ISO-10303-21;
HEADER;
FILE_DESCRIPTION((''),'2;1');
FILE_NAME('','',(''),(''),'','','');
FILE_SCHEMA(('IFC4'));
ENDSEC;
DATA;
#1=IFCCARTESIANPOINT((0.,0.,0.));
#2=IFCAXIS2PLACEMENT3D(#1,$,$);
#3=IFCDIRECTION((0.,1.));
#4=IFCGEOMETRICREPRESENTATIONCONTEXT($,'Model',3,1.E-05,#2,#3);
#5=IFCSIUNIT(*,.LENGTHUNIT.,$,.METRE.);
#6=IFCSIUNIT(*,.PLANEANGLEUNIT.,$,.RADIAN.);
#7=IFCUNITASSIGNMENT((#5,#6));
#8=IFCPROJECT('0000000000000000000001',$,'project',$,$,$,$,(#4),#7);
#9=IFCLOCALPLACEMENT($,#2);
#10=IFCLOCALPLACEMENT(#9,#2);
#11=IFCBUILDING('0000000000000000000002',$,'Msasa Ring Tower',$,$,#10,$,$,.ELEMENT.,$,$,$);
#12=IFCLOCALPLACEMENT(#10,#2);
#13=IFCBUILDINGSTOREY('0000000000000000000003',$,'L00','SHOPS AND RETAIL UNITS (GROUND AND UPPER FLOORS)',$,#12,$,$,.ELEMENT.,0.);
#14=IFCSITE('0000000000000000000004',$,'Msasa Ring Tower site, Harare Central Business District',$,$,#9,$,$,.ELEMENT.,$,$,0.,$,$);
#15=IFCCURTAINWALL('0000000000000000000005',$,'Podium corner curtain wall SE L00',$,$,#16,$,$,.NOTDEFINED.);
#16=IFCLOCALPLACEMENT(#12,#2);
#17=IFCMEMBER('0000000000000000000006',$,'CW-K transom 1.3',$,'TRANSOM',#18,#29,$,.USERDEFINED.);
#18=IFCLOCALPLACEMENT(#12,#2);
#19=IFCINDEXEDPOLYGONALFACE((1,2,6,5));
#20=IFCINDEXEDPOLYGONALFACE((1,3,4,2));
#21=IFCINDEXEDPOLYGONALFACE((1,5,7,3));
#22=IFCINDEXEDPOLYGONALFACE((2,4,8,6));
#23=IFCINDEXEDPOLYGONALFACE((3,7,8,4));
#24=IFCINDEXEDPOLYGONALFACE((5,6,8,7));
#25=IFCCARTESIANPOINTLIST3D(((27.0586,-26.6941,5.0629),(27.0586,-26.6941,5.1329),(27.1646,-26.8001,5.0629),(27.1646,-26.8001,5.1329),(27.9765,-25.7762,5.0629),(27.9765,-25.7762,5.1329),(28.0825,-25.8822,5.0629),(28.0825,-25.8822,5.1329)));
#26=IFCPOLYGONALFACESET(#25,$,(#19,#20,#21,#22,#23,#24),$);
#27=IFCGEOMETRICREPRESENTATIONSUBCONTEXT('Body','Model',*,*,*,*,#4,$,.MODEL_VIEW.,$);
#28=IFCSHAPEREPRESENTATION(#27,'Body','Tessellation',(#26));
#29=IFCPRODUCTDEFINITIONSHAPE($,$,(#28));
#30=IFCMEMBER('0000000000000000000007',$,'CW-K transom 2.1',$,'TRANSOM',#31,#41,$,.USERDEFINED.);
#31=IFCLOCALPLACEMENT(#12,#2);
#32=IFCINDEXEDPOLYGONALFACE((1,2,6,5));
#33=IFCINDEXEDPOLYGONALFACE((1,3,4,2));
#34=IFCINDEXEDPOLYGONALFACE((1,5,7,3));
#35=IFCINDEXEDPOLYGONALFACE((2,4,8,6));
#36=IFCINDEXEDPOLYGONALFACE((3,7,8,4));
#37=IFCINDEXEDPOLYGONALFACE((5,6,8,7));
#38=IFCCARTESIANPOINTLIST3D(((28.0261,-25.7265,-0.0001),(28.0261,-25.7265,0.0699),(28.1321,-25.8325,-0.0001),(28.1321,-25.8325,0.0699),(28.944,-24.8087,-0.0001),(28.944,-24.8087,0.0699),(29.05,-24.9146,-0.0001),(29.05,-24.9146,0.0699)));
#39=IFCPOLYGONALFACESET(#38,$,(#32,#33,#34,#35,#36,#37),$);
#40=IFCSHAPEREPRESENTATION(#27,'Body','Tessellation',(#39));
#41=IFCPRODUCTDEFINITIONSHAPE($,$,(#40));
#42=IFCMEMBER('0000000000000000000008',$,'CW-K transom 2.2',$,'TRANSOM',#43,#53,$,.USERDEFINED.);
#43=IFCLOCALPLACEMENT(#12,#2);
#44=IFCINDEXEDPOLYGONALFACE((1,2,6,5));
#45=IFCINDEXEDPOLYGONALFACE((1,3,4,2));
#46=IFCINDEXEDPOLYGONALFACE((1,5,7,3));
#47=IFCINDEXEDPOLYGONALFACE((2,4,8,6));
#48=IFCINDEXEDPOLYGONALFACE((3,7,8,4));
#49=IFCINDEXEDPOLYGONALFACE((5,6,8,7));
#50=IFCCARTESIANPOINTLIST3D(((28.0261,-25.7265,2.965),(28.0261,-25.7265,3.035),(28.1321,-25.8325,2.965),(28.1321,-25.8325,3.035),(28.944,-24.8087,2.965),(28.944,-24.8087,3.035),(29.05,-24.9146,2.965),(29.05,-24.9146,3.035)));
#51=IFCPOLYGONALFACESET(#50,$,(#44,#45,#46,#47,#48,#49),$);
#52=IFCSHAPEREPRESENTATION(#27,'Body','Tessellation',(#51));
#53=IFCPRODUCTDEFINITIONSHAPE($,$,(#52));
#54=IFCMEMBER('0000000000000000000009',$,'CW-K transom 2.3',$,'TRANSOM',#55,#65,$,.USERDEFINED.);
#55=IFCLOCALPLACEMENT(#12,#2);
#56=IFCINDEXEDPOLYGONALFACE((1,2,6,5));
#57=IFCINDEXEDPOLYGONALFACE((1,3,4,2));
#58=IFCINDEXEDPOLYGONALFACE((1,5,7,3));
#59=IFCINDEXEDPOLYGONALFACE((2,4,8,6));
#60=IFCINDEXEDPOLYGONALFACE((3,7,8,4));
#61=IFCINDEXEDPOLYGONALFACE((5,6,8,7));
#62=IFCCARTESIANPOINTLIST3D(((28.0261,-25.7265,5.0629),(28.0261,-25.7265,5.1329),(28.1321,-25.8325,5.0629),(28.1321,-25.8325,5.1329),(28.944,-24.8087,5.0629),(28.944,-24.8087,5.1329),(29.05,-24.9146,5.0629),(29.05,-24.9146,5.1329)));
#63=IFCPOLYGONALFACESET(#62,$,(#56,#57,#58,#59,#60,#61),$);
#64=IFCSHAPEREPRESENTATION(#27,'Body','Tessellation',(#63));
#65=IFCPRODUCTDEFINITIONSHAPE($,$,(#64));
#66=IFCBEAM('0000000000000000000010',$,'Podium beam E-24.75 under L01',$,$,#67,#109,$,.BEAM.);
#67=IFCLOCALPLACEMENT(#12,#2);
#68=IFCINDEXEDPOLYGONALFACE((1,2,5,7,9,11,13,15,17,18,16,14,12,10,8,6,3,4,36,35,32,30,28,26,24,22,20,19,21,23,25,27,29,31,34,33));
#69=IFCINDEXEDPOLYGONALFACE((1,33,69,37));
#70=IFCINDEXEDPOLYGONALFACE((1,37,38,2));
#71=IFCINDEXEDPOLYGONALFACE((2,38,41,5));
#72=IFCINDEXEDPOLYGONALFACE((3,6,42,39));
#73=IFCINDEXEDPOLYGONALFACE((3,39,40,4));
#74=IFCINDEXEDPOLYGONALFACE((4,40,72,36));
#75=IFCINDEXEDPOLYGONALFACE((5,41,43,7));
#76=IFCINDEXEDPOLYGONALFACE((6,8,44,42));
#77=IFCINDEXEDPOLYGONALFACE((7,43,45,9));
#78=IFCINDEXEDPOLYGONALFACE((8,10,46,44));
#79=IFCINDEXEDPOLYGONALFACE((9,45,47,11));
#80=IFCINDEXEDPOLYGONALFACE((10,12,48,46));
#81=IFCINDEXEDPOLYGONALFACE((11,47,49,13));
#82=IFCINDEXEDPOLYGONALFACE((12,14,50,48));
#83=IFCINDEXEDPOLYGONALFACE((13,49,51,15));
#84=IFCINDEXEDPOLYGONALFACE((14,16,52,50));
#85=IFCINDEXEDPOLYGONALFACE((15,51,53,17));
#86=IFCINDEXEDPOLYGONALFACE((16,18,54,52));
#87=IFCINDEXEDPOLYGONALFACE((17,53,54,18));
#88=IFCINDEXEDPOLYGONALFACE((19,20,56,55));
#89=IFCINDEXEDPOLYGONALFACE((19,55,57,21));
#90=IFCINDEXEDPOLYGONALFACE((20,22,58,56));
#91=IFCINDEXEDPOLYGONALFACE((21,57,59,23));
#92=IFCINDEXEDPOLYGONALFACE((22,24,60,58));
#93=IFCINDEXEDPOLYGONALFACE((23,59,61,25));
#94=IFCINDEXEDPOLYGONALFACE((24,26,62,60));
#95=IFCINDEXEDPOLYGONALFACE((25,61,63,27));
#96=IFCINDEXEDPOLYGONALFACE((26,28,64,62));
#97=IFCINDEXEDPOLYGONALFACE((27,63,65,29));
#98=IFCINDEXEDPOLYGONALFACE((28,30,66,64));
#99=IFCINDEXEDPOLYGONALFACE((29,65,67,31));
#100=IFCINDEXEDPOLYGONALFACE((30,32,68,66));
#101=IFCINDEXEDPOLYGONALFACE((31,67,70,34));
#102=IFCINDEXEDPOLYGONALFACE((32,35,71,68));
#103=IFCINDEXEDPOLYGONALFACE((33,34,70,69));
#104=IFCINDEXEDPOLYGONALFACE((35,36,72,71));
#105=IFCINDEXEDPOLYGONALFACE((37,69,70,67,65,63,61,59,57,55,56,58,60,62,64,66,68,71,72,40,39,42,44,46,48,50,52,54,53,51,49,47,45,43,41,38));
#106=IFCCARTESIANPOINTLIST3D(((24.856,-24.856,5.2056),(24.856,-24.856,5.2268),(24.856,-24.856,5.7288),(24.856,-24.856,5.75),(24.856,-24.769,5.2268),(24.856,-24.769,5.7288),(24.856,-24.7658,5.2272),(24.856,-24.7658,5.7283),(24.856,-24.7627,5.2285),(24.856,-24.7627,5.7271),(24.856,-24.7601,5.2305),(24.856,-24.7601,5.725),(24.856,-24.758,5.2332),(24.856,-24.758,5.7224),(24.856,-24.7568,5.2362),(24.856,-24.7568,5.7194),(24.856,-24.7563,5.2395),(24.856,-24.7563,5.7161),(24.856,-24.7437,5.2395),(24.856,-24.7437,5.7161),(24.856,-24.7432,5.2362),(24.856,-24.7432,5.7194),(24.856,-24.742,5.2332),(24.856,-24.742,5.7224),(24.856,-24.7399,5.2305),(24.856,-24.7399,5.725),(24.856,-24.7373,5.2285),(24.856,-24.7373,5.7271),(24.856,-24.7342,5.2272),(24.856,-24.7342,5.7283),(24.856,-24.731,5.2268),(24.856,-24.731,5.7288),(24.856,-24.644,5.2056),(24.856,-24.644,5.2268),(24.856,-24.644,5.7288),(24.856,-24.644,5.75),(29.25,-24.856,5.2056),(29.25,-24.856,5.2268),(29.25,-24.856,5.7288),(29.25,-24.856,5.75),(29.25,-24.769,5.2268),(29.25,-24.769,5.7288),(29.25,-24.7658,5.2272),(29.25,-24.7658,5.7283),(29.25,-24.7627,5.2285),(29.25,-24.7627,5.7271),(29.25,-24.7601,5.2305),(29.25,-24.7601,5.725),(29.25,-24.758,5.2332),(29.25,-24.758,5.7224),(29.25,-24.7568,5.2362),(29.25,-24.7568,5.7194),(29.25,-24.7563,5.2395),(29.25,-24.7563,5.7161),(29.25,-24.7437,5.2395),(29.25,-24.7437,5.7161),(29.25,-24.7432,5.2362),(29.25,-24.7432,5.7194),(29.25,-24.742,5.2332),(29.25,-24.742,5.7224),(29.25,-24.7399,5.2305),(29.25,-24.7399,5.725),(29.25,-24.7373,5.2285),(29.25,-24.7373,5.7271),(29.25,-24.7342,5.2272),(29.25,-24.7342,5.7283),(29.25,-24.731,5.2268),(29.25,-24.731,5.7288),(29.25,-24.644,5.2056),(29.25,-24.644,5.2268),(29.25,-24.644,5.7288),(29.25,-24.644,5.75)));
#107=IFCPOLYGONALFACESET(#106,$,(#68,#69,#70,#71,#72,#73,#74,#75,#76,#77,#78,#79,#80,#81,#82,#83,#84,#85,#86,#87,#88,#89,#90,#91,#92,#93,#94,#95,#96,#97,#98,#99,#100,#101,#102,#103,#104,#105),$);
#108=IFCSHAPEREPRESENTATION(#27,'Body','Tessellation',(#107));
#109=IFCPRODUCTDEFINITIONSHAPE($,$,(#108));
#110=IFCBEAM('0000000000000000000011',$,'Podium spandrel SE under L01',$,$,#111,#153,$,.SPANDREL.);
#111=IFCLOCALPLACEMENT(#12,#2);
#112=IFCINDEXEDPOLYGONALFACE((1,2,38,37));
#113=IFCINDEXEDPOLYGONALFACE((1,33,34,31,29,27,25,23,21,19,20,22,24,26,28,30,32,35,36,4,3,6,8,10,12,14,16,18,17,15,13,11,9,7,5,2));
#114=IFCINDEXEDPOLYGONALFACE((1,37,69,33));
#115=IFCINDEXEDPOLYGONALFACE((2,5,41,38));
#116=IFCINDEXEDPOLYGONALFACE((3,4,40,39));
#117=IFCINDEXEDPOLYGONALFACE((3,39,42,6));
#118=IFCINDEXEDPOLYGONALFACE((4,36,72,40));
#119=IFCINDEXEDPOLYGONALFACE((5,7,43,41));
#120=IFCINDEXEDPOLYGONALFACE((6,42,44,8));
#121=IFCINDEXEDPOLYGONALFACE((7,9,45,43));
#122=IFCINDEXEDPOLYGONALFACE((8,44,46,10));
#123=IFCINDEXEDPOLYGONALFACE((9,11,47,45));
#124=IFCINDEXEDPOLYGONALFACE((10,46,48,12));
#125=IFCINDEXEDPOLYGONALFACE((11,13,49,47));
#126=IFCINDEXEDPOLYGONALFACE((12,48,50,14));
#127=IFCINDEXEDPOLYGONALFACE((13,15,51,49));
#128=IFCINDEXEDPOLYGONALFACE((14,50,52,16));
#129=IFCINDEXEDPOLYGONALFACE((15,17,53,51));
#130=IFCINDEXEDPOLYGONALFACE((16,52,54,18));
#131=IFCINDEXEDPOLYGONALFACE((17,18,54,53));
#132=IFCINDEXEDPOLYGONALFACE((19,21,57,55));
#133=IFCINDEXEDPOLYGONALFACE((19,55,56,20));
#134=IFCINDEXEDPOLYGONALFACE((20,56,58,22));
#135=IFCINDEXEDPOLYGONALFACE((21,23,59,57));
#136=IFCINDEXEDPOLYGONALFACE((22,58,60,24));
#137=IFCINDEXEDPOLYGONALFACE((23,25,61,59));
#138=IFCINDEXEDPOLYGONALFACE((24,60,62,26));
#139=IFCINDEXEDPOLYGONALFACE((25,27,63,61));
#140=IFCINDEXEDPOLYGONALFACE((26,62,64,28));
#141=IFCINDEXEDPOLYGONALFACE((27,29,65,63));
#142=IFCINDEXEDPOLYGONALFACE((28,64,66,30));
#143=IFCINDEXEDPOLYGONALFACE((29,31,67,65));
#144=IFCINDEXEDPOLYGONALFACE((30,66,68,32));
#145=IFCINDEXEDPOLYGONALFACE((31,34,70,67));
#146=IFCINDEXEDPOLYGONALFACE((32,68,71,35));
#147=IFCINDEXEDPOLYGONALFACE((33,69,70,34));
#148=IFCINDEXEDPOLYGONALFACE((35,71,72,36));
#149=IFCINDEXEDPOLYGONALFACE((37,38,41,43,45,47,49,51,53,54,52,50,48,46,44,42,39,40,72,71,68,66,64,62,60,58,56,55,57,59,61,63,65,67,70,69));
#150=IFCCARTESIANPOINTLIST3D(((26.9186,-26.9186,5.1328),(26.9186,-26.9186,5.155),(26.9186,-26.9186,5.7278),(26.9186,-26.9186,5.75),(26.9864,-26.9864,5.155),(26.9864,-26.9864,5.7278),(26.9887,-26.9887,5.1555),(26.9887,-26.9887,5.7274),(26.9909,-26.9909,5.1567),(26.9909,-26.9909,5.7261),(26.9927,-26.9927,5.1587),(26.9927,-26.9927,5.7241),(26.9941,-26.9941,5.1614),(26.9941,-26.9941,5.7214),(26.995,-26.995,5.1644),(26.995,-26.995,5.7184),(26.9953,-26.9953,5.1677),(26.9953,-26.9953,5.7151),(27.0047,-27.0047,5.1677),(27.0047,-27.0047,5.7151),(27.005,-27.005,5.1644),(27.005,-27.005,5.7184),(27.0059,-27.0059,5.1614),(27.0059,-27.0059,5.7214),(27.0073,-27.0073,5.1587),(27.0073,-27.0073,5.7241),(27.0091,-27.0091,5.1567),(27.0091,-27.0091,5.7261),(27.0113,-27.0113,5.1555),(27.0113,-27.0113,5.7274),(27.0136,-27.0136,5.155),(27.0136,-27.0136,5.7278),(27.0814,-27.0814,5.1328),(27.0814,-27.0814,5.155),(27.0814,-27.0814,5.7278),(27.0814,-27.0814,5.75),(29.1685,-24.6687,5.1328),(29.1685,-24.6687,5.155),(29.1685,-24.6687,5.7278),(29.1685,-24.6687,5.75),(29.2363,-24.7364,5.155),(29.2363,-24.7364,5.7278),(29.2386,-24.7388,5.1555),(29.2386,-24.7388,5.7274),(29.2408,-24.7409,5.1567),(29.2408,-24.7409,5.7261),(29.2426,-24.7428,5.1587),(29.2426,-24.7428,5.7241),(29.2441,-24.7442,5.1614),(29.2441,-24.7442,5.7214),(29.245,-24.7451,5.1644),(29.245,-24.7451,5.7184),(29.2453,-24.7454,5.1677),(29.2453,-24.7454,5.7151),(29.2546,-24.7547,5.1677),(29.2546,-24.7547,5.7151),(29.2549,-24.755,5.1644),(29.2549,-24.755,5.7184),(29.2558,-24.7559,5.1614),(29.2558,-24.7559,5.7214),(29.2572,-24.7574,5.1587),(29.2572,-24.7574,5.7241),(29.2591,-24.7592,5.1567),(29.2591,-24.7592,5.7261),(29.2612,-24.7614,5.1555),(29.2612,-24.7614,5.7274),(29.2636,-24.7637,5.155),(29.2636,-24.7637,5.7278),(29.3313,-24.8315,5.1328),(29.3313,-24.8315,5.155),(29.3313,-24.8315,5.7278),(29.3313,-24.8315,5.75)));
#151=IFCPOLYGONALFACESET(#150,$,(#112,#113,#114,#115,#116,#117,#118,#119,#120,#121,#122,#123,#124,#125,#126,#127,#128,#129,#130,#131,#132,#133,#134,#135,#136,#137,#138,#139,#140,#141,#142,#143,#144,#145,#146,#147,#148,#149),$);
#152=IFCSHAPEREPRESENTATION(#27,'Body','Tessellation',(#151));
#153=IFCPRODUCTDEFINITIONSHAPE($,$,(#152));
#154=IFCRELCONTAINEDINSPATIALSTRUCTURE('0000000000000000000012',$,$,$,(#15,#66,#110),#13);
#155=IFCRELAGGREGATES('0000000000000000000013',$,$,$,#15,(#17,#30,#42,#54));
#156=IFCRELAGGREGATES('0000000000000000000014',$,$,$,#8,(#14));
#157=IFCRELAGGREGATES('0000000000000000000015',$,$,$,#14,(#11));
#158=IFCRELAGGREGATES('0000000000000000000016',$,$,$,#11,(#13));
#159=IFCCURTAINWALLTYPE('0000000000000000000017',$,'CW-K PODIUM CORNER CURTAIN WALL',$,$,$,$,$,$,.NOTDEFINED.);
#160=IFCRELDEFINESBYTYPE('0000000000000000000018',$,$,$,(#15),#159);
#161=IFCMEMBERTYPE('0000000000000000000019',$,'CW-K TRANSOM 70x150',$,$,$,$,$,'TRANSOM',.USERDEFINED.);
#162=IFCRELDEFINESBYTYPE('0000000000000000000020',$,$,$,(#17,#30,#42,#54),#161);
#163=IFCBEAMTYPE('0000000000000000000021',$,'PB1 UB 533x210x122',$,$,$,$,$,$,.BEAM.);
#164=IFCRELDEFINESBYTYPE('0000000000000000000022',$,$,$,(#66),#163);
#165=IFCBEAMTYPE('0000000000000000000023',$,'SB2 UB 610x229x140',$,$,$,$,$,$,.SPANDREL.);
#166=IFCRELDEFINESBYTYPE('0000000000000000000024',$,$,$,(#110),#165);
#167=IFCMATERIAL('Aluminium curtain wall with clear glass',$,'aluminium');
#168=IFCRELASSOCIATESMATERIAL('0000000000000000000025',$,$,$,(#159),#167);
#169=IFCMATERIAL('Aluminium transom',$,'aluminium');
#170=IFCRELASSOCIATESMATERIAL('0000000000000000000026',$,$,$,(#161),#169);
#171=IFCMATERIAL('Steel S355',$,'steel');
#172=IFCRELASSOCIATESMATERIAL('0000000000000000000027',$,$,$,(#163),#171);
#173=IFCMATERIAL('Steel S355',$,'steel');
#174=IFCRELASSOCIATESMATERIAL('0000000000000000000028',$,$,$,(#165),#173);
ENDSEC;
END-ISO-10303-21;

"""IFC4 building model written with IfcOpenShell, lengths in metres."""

from ifc_helpers import new_model, si_unit, direction, frame, origin, origin_2d, place, context, subcontext, project, spatial, rectangle, i_section, extrude, material, material_profile, profile_set, type_object, element, aggregate, save


model = new_model("IFC4")

# Units and contexts
model_context = context("Model", 3, precision=1e-05, world=origin(), true_north=direction((0.0, 1.0)))
body_context = subcontext(model_context, "Body", "Model", "MODEL_VIEW")
ifc_project = project(units=[si_unit("LENGTHUNIT", "METRE"), si_unit("PLANEANGLEUNIT", "RADIAN")], contexts=[model_context])

# Site, building, storey
site_placement = place(None, origin())
site = spatial("IfcSite", under=ifc_project, at=site_placement, Name="Msasa Ring Tower site, Harare Central Business District", CompositionType="ELEMENT", RefElevation=0.0)
building_placement = place(site_placement, origin())
building = spatial("IfcBuilding", under=site, at=building_placement, Name="Msasa Ring Tower", CompositionType="ELEMENT")
storey_placement = place(building_placement, origin())
storey = spatial("IfcBuildingStorey", under=building, at=storey_placement, Name="L00", Description="SHOPS AND RETAIL UNITS (GROUND AND UPPER FLOORS)", CompositionType="ELEMENT", Elevation=0.0)

# Curtain wall
ifc_material_1 = material(Name="Aluminium curtain wall with clear glass", Category="aluminium")
curtain_wall_type = type_object("IfcCurtainWallType", Name="CW-K PODIUM CORNER CURTAIN WALL", PredefinedType="NOTDEFINED", material=ifc_material_1)
curtain_wall_1_placement = place(storey_placement, origin())
curtain_wall_1 = element("IfcCurtainWall", 1, at=curtain_wall_1_placement, inside=storey, type_object=curtain_wall_type, Name="Podium corner curtain wall SE L00", PredefinedType="NOTDEFINED")

# Members
ifc_material_2 = material(Name="Aluminium transom", Category="aluminium")
ifc_material_profile_1 = material_profile(ifc_material_2, rectangle(XDim=0.1499, YDim=0.0701, at=origin_2d()), Name="AL 70x150")
ifc_profile_set_1 = profile_set([ifc_material_profile_1], Name="Aluminium transom")
member_type_1 = type_object("IfcMemberType", Name="CW-K TRANSOM 70x150", ElementType="TRANSOM", PredefinedType="USERDEFINED", material=ifc_profile_set_1)
member_1_placement = place(storey_placement, frame((27.1116, -26.7471, 5.0979), z_axis=(0.707107, 0.707107, 0.0), x_axis=(-0.707107, 0.707107, 0.0)))
member_1 = element("IfcMember", 2, at=member_1_placement, type_object=member_type_1, Name="CW-K transom 1.3", ObjectType="TRANSOM", PredefinedType="USERDEFINED", context=body_context, shape_type="SweptSolid", body=[
    extrude(rectangle(XDim=0.1499, YDim=0.0701, at=origin_2d()), origin(), (0.0, 0.0, 1.0), 1.2981),
])
member_2_placement = place(storey_placement, frame((28.0791, -25.7795, 0.0349), z_axis=(0.707107, 0.707107, 0.0), x_axis=(-0.707107, 0.707107, 0.0)))
member_2 = element("IfcMember", 3, at=member_2_placement, type_object=member_type_1, Name="CW-K transom 2.1", ObjectType="TRANSOM", PredefinedType="USERDEFINED", context=body_context, shape_type="SweptSolid", body=[
    extrude(rectangle(XDim=0.1499, YDim=0.0701, at=origin_2d()), origin(), (0.0, 0.0, 1.0), 1.2981),
])
member_3_placement = place(storey_placement, frame((28.0791, -25.7795, 3.0), z_axis=(0.707107, 0.707107, 0.0), x_axis=(-0.707107, 0.707107, 0.0)))
member_3 = element("IfcMember", 4, at=member_3_placement, type_object=member_type_1, Name="CW-K transom 2.2", ObjectType="TRANSOM", PredefinedType="USERDEFINED", context=body_context, shape_type="SweptSolid", body=[
    extrude(rectangle(XDim=0.1499, YDim=0.0701, at=origin_2d()), origin(), (0.0, 0.0, 1.0), 1.2981),
])
member_4_placement = place(storey_placement, frame((28.0791, -25.7795, 5.0979), z_axis=(0.707107, 0.707107, 0.0), x_axis=(-0.707107, 0.707107, 0.0)))
member_4 = element("IfcMember", 5, at=member_4_placement, type_object=member_type_1, Name="CW-K transom 2.3", ObjectType="TRANSOM", PredefinedType="USERDEFINED", context=body_context, shape_type="SweptSolid", body=[
    extrude(rectangle(XDim=0.1499, YDim=0.0701, at=origin_2d()), origin(), (0.0, 0.0, 1.0), 1.2981),
])

# Beams
ifc_material_3 = material(Name="Steel S355", Category="steel")
ifc_material_profile_2 = material_profile(ifc_material_3, i_section(OverallWidth=0.2119, OverallDepth=0.5444, WebThickness=0.0127, FlangeThickness=0.0212, FilletRadius=0.0127, at=origin_2d()), Name="UB 533x210x122")
ifc_profile_set_2 = profile_set([ifc_material_profile_2], Name="Steel S355")
beam_type_1 = type_object("IfcBeamType", Name="PB1 UB 533x210x122", PredefinedType="BEAM", material=ifc_profile_set_2)
beam_1_placement = place(storey_placement, frame((29.25, -24.75, 5.4778), z_axis=(-1.0, 0.0, 0.0), x_axis=(0.0, -1.0, 0.0)))
element("IfcBeam", 6, at=beam_1_placement, inside=storey, type_object=beam_type_1, Name="Podium beam E-24.75 under L01", PredefinedType="BEAM", context=body_context, shape_type="SweptSolid", body=[
    extrude(i_section(OverallWidth=0.2119, OverallDepth=0.5444, WebThickness=0.0127, FlangeThickness=0.0212, FilletRadius=0.0127, at=origin_2d()), origin(), (0.0, 0.0, 1.0), 4.394),
])
ifc_material_4 = material(Name="Steel S355", Category="steel")
ifc_material_profile_3 = material_profile(ifc_material_4, i_section(OverallWidth=0.2302, OverallDepth=0.6172, WebThickness=0.0132, FlangeThickness=0.0222, FilletRadius=0.0127, at=origin_2d()), Name="UB 610x229x140")
ifc_profile_set_3 = profile_set([ifc_material_profile_3], Name="Steel S355")
beam_type_2 = type_object("IfcBeamType", Name="SB2 UB 610x229x140", PredefinedType="SPANDREL", material=ifc_profile_set_3)
beam_2_placement = place(storey_placement, frame((27.0, -27.0, 5.4414), z_axis=(0.707107, 0.707107, 0.0), x_axis=(-0.707107, 0.707107, 0.0)))
element("IfcBeam", 7, at=beam_2_placement, inside=storey, type_object=beam_type_2, Name="Podium spandrel SE under L01", PredefinedType="SPANDREL", context=body_context, shape_type="SweptSolid", body=[
    extrude(i_section(OverallWidth=0.2302, OverallDepth=0.6172, WebThickness=0.0132, FlangeThickness=0.0222, FilletRadius=0.0127, at=origin_2d()), origin(), (0.0, 0.0, 1.0), 3.1819),
])

aggregate(curtain_wall_1, [member_1, member_2, member_3, member_4])

save(model, "model.ifc")
